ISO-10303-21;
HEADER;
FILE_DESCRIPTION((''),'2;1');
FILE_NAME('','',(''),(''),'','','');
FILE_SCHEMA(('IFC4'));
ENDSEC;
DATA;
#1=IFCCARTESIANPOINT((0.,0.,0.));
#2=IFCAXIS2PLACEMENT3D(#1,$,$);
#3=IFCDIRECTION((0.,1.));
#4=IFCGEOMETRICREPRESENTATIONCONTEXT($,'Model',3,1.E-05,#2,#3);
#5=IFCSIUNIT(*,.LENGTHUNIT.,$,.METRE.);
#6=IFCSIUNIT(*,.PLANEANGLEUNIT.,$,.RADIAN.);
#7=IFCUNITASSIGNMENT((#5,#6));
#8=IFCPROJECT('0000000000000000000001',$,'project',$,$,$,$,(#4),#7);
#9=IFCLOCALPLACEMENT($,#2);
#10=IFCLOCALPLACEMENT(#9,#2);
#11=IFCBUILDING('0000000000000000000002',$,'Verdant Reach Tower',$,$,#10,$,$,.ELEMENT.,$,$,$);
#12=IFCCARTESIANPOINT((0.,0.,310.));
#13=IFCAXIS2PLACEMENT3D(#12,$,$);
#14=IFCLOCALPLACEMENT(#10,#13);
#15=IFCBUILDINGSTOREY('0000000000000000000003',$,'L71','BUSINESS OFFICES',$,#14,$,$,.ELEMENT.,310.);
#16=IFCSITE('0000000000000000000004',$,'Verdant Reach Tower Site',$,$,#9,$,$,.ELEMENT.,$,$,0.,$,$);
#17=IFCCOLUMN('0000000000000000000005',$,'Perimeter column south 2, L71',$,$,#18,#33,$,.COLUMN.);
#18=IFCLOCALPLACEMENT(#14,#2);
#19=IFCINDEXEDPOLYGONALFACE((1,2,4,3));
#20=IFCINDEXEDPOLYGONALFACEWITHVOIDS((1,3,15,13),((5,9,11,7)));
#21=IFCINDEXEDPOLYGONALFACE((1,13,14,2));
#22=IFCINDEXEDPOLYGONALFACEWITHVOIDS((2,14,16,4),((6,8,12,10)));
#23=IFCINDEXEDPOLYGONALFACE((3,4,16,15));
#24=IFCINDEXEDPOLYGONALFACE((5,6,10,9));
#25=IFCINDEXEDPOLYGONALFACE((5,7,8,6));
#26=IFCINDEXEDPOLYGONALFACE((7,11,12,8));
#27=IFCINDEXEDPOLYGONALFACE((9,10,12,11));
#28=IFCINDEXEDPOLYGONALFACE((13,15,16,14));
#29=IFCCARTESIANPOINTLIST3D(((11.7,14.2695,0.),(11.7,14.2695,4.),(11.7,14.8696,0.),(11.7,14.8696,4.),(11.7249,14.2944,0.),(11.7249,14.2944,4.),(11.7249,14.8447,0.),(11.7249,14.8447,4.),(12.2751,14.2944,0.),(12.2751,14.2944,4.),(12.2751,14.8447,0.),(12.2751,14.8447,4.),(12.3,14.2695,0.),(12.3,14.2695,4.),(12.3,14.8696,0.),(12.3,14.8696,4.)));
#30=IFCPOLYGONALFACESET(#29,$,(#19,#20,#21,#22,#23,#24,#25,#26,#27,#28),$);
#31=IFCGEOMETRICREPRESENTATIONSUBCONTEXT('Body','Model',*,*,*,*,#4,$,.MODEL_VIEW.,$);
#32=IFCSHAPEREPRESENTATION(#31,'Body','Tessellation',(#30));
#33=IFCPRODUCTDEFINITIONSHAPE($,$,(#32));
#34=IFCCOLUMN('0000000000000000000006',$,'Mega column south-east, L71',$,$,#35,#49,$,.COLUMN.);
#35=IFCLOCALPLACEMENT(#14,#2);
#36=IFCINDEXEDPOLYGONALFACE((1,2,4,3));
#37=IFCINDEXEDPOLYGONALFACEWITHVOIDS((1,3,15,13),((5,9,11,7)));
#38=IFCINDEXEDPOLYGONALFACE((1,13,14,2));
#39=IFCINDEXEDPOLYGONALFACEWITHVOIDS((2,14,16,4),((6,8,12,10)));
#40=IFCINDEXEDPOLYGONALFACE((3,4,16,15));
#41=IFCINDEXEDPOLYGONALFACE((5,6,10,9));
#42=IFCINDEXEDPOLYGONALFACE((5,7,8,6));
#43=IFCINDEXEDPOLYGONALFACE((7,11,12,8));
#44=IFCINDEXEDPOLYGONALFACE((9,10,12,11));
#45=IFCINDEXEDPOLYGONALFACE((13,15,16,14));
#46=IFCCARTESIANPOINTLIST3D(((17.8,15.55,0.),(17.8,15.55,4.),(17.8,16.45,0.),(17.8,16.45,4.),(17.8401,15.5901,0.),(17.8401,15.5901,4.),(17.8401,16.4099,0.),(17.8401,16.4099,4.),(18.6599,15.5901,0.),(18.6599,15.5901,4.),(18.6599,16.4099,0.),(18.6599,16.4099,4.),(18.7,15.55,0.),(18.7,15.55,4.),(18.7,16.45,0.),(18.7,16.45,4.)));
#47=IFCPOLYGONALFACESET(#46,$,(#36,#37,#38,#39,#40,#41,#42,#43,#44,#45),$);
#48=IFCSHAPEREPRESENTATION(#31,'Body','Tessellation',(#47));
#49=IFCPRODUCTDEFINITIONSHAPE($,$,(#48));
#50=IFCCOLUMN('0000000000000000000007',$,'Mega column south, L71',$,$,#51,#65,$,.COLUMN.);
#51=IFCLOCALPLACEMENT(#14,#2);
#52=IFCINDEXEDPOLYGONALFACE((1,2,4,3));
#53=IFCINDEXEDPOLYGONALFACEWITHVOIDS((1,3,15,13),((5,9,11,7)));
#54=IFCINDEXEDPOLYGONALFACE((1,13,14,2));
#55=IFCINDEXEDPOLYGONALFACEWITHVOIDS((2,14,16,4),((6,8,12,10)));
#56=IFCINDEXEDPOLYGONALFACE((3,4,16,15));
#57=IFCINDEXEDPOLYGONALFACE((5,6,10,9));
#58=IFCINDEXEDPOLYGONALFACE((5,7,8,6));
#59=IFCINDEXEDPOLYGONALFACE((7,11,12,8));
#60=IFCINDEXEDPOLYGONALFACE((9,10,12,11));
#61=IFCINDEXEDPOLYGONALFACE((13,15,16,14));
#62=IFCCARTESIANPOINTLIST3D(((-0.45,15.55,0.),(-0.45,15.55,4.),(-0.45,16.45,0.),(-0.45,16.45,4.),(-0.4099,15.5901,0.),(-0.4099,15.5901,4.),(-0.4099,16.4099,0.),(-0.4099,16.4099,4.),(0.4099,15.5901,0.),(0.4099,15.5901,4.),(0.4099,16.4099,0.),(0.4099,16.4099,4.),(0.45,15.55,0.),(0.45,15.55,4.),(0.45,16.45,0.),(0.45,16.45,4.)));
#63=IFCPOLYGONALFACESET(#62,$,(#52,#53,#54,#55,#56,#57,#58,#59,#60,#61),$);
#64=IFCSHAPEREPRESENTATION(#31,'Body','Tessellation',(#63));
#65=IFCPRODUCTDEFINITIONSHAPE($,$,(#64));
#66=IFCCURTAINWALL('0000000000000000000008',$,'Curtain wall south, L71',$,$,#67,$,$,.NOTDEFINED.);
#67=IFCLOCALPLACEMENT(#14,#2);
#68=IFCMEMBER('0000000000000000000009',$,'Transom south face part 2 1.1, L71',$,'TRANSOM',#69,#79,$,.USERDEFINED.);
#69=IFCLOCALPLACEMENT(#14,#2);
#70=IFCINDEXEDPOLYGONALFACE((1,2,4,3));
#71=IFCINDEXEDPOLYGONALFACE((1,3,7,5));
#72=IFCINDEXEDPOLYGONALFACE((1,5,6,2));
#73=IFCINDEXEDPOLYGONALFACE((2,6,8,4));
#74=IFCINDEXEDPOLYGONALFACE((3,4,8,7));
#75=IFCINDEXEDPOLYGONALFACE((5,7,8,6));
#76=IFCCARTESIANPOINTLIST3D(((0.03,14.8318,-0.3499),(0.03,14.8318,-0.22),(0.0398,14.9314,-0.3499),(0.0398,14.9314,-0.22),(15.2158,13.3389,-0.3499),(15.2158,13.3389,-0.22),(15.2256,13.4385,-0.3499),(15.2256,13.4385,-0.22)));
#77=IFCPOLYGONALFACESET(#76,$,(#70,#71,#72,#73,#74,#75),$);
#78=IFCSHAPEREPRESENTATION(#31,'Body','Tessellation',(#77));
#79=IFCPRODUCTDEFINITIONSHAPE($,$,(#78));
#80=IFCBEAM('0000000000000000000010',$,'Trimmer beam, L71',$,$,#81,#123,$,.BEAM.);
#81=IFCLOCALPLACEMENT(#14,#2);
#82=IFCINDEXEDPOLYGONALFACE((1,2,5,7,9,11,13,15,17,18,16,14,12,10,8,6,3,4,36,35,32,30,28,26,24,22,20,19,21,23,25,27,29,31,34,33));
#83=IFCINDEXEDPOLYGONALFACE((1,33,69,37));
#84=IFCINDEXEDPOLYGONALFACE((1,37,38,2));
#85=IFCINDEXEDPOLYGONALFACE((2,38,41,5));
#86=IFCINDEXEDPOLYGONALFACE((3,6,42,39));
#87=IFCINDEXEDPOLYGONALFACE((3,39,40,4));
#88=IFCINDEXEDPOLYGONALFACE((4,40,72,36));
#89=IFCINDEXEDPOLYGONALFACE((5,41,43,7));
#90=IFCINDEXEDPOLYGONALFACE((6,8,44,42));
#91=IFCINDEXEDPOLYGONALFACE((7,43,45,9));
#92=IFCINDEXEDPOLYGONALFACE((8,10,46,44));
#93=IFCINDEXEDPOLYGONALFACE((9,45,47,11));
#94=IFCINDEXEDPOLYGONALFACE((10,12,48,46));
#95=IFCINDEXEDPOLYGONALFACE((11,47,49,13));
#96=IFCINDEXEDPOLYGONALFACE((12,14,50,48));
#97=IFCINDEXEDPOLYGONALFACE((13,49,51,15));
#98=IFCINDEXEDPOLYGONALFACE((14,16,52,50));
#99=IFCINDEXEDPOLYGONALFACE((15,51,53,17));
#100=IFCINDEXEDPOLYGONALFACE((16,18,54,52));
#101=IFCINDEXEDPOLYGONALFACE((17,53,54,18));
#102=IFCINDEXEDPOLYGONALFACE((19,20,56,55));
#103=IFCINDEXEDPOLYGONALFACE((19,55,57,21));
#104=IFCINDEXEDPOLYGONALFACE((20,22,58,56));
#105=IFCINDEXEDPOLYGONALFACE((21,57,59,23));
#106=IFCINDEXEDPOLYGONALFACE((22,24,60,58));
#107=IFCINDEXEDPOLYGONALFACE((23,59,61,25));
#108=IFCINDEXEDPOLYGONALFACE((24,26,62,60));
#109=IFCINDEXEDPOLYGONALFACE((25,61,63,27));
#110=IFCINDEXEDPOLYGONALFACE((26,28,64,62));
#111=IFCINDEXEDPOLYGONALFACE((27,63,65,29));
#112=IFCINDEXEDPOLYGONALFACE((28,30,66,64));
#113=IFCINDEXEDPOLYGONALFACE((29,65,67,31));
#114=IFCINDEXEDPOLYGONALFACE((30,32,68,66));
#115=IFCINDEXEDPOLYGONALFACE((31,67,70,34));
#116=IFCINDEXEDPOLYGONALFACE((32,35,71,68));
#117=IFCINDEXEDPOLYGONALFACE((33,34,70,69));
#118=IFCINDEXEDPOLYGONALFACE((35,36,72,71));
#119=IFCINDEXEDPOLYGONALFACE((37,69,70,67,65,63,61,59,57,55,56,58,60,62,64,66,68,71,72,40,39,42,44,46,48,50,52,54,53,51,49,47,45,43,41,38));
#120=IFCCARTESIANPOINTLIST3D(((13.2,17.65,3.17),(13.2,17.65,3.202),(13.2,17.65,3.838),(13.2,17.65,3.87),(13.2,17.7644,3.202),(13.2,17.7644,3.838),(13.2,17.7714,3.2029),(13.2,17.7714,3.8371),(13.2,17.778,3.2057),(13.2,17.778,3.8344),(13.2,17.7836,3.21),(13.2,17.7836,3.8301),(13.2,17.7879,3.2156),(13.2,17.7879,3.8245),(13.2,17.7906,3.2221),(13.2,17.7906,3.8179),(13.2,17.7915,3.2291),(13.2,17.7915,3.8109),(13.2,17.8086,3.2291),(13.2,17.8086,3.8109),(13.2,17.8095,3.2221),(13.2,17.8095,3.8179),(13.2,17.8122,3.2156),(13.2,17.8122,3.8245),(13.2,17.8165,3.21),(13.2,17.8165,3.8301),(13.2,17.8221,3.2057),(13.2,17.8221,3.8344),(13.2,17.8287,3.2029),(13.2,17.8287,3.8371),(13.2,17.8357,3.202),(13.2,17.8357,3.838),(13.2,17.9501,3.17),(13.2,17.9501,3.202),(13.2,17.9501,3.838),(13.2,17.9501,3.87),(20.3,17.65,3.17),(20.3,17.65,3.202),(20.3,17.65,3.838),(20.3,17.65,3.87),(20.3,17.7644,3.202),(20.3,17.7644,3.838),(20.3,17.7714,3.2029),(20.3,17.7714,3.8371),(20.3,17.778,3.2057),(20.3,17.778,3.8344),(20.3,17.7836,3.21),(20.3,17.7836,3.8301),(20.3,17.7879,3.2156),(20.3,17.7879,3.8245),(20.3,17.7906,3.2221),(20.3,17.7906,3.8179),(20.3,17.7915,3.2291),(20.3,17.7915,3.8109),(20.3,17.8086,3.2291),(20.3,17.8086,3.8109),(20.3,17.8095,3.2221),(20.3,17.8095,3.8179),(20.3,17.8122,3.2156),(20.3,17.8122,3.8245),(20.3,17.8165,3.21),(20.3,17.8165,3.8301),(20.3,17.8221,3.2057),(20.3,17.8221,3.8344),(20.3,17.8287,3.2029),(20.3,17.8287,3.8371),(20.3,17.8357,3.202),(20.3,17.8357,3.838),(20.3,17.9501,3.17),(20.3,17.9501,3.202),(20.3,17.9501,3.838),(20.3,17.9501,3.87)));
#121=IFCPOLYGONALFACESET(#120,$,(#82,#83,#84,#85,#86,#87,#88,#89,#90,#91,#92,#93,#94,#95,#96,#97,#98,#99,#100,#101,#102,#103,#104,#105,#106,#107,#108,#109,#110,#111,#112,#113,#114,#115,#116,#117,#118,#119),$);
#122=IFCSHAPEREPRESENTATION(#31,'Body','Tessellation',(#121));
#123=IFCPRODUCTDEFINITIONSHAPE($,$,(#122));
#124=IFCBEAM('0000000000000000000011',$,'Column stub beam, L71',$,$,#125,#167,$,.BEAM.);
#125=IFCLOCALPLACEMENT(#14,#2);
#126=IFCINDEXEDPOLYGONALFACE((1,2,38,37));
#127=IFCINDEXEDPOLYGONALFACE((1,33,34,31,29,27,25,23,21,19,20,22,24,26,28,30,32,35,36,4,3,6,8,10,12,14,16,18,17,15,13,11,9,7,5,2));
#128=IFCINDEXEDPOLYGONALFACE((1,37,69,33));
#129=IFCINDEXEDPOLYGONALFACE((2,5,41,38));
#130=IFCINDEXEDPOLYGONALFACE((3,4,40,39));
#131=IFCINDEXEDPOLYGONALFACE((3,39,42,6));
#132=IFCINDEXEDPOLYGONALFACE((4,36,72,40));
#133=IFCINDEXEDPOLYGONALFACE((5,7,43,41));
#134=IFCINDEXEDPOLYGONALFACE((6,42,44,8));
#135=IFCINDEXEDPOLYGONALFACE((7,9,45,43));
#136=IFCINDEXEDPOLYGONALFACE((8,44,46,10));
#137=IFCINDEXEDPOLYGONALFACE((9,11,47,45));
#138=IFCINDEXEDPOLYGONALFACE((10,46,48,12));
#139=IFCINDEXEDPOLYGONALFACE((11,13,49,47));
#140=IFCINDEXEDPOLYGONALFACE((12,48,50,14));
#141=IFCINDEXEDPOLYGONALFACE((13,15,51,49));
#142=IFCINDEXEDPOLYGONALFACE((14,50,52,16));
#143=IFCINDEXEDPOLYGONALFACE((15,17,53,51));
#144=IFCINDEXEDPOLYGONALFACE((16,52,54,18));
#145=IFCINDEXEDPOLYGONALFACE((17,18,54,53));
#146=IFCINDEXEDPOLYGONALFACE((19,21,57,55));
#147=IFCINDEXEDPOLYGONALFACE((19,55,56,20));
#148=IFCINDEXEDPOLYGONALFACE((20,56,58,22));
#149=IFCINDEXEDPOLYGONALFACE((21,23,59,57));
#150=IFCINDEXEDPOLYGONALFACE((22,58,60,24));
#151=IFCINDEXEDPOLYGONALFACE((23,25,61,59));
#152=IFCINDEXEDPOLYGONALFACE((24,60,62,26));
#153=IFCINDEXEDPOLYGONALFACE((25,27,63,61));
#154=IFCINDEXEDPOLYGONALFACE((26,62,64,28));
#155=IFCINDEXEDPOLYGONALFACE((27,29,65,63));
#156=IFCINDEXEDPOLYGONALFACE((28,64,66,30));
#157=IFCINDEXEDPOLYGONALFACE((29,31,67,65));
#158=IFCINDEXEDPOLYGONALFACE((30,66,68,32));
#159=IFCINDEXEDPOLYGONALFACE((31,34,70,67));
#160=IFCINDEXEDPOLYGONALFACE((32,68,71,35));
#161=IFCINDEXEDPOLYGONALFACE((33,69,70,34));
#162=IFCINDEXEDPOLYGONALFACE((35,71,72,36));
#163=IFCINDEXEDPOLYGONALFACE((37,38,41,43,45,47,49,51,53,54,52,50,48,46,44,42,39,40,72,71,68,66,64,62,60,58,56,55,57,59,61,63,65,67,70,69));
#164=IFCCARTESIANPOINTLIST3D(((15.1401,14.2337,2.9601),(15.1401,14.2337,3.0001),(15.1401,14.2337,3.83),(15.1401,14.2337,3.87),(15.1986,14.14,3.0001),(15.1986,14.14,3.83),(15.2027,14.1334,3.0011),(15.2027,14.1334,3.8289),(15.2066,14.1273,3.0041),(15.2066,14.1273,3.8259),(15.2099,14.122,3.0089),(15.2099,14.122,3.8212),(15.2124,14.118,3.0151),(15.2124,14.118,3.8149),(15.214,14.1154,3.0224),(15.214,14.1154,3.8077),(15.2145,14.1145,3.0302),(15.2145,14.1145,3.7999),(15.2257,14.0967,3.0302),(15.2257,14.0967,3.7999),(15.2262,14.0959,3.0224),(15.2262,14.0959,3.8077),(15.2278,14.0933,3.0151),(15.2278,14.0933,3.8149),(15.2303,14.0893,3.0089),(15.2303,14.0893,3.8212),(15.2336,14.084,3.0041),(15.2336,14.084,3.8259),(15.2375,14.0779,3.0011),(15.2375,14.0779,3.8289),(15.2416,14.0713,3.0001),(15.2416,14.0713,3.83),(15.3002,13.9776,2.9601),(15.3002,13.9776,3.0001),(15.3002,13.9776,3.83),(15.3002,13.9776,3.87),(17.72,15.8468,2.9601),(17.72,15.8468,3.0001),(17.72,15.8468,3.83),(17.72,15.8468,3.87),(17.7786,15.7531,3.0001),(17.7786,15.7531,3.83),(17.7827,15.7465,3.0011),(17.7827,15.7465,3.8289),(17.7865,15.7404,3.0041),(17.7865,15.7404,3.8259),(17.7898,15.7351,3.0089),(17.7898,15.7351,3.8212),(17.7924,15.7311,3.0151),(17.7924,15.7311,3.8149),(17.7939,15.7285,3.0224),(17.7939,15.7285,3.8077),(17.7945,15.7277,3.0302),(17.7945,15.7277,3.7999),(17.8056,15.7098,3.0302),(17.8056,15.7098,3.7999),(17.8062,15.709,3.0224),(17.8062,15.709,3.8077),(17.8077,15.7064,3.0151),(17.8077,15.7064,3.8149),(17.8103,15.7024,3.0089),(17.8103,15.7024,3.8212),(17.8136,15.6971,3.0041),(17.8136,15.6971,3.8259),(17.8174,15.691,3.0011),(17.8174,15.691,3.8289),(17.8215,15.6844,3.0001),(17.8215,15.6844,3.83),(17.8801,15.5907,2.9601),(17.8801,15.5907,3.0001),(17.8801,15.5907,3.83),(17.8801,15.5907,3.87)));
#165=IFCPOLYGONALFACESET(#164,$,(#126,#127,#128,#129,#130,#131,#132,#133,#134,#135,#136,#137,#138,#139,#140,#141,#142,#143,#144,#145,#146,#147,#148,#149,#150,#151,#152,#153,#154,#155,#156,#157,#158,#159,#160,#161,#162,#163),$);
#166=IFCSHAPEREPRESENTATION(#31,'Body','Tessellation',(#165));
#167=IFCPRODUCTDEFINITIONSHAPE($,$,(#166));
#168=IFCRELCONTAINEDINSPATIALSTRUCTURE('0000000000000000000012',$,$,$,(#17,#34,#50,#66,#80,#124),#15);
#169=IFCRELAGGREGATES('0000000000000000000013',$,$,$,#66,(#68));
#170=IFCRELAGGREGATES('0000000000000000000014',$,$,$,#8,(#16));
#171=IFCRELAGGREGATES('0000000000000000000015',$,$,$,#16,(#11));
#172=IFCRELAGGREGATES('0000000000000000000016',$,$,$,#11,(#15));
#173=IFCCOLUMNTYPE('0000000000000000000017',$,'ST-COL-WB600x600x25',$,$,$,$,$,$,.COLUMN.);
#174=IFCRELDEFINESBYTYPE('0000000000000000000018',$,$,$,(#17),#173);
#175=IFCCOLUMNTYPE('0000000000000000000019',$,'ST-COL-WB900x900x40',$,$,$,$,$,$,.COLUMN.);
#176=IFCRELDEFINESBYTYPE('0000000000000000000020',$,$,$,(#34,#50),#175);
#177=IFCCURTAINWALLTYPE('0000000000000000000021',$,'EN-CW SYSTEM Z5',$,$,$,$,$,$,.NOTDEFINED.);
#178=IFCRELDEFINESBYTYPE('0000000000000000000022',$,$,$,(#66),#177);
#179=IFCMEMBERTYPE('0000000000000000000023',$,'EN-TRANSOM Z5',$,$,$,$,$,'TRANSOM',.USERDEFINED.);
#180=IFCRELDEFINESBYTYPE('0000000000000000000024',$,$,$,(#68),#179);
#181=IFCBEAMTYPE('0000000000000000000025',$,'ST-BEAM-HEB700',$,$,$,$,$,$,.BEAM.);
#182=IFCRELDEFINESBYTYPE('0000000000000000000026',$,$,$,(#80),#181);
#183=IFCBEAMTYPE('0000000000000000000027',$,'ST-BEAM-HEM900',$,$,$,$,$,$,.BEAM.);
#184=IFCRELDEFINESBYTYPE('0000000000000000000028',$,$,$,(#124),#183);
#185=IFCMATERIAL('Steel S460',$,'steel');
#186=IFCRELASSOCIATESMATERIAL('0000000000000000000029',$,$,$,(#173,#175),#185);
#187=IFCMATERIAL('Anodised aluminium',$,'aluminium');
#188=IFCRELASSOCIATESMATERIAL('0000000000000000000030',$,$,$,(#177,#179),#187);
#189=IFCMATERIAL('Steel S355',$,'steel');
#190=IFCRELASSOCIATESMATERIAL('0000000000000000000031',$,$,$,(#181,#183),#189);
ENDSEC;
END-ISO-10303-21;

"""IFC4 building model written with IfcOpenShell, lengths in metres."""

from ifc_helpers import new_model, si_unit, direction, frame, origin, origin_2d, place, context, subcontext, project, spatial, rectangle, hollow_rectangle, i_section, extrude, material, material_profile, profile_set, type_object, element, aggregate, save


model = new_model("IFC4")

# Units and contexts
model_context = context("Model", 3, precision=1e-05, world=origin(), true_north=direction((0.0, 1.0)))
body_context = subcontext(model_context, "Body", "Model", "MODEL_VIEW")
ifc_project = project(units=[si_unit("LENGTHUNIT", "METRE"), si_unit("PLANEANGLEUNIT", "RADIAN")], contexts=[model_context])

# Site, building, storey
site_placement = place(None, origin())
site = spatial("IfcSite", under=ifc_project, at=site_placement, Name="Verdant Reach Tower Site", CompositionType="ELEMENT", RefElevation=0.0)
building_placement = place(site_placement, origin())
building = spatial("IfcBuilding", under=site, at=building_placement, Name="Verdant Reach Tower", CompositionType="ELEMENT")
storey_placement = place(building_placement, frame((0.0, 0.0, 310.0)))
storey = spatial("IfcBuildingStorey", under=building, at=storey_placement, Name="L71", Description="BUSINESS OFFICES", CompositionType="ELEMENT", Elevation=310.0)

# Columns
ifc_material_1 = material(Name="Steel S460", Category="steel")
ifc_material_profile_1 = material_profile(ifc_material_1, hollow_rectangle(XDim=0.6001, YDim=0.6001, WallThickness=0.0249, at=origin_2d()), Name="WB 600x600x25")
ifc_profile_set_1 = profile_set([ifc_material_profile_1], Name="Steel S460")
column_type_1 = type_object("IfcColumnType", Name="ST-COL-WB600x600x25", PredefinedType="COLUMN", material=ifc_profile_set_1)
column_placement = place(storey_placement, frame((12.0, 14.5696, 0.0), z_axis=(0.0, 0.0, 1.0), x_axis=(1.0, 0.0, 0.0)))
element("IfcColumn", 1, at=column_placement, inside=storey, type_object=column_type_1, Name="Perimeter column south 2, L71", PredefinedType="COLUMN", context=body_context, shape_type="SweptSolid", body=[
    extrude(hollow_rectangle(XDim=0.6001, YDim=0.6001, WallThickness=0.0249, at=origin_2d()), origin(), (0.0, 0.0, 1.0), 4.0),
])
ifc_material_profile_2 = material_profile(ifc_material_1, hollow_rectangle(XDim=0.8999, YDim=0.8999, WallThickness=0.04, at=origin_2d()), Name="WB 900x900x40")
ifc_profile_set_2 = profile_set([ifc_material_profile_2], Name="Steel S460")
column_type_2 = type_object("IfcColumnType", Name="ST-COL-WB900x900x40", PredefinedType="COLUMN", material=ifc_profile_set_2)
for number, where, z_axis, x_axis, name in (
    (2, (18.25, 16.0, 0.0), (0.0, 0.0, 1.0), (1.0, 0.0, 0.0), "Mega column south-east, L71"),
    (3, (0.0, 16.0, 0.0), (0.0, 0.0, 1.0), (1.0, 0.0, 0.0), "Mega column south, L71"),
):
    element("IfcColumn", number, at=place(storey_placement, frame(where, z_axis=z_axis, x_axis=x_axis)), inside=storey, type_object=column_type_2, Name=name, PredefinedType="COLUMN", context=body_context, shape_type="SweptSolid", body=[
        extrude(hollow_rectangle(XDim=0.8999, YDim=0.8999, WallThickness=0.04, at=origin_2d()), origin(), (0.0, 0.0, 1.0), 4.0),
    ])

# Curtain wall, member
ifc_material_2 = material(Name="Anodised aluminium", Category="aluminium")
curtain_wall_type = type_object("IfcCurtainWallType", Name="EN-CW SYSTEM Z5", PredefinedType="NOTDEFINED", material=ifc_material_2)
curtain_wall_1_placement = place(storey_placement, origin())
curtain_wall_1 = element("IfcCurtainWall", 4, at=curtain_wall_1_placement, inside=storey, type_object=curtain_wall_type, Name="Curtain wall south, L71", PredefinedType="NOTDEFINED")
ifc_material_profile_3 = material_profile(ifc_material_2, rectangle(XDim=0.1001, YDim=0.1299, at=origin_2d()), Name="Transom 130x100")
ifc_profile_set_3 = profile_set([ifc_material_profile_3], Name="Anodised aluminium")
member_type = type_object("IfcMemberType", Name="EN-TRANSOM Z5", ElementType="TRANSOM", PredefinedType="USERDEFINED", material=ifc_profile_set_3)
member_placement = place(storey_placement, frame((0.0349, 14.8816, -0.2849), z_axis=(0.995202, -0.097839, 0.0), x_axis=(0.097839, 0.995202, 0.0)))
member = element("IfcMember", 5, at=member_placement, type_object=member_type, Name="Transom south face part 2 1.1, L71", ObjectType="TRANSOM", PredefinedType="USERDEFINED", context=body_context, shape_type="SweptSolid", body=[
    extrude(rectangle(XDim=0.1001, YDim=0.1299, at=origin_2d()), origin(), (0.0, 0.0, 1.0), 15.259),
])

# Beams
ifc_material_3 = material(Name="Steel S355", Category="steel")
ifc_material_profile_4 = material_profile(ifc_material_3, i_section(OverallWidth=0.3, OverallDepth=0.7, WebThickness=0.0171, FlangeThickness=0.032, FilletRadius=0.0271, at=origin_2d()), Name="HEB 700")
ifc_profile_set_4 = profile_set([ifc_material_profile_4], Name="Steel S355")
beam_type_1 = type_object("IfcBeamType", Name="ST-BEAM-HEB700", PredefinedType="BEAM", material=ifc_profile_set_4)
beam_1_placement = place(storey_placement, frame((13.2, 17.8, 3.52), z_axis=(1.0, 0.0, 0.0), x_axis=(0.0, 1.0, 0.0)))
element("IfcBeam", 6, at=beam_1_placement, inside=storey, type_object=beam_type_1, Name="Trimmer beam, L71", PredefinedType="BEAM", context=body_context, shape_type="SweptSolid", body=[
    extrude(i_section(OverallWidth=0.3, OverallDepth=0.7, WebThickness=0.0171, FlangeThickness=0.032, FilletRadius=0.0271, at=origin_2d()), origin(), (0.0, 0.0, 1.0), 7.1001),
])
ifc_material_profile_5 = material_profile(ifc_material_3, i_section(OverallWidth=0.302, OverallDepth=0.9099, WebThickness=0.021, FlangeThickness=0.04, FilletRadius=0.03, at=origin_2d()), Name="HEM 900")
ifc_profile_set_5 = profile_set([ifc_material_profile_5], Name="Steel S355")
beam_type_2 = type_object("IfcBeamType", Name="ST-BEAM-HEM900", PredefinedType="BEAM", material=ifc_profile_set_5)
beam_2_placement = place(storey_placement, frame((17.8, 15.7188, 3.415), z_axis=(-0.847904, -0.53015, 0.0), x_axis=(0.53015, -0.847904, 0.0)))
element("IfcBeam", 7, at=beam_2_placement, inside=storey, type_object=beam_type_2, Name="Column stub beam, L71", PredefinedType="BEAM", context=body_context, shape_type="SweptSolid", body=[
    extrude(i_section(OverallWidth=0.302, OverallDepth=0.9099, WebThickness=0.021, FlangeThickness=0.04, FilletRadius=0.03, at=origin_2d()), origin(), (0.0, 0.0, 1.0), 3.0427),
])

aggregate(curtain_wall_1, [member])

save(model, "model.ifc")
